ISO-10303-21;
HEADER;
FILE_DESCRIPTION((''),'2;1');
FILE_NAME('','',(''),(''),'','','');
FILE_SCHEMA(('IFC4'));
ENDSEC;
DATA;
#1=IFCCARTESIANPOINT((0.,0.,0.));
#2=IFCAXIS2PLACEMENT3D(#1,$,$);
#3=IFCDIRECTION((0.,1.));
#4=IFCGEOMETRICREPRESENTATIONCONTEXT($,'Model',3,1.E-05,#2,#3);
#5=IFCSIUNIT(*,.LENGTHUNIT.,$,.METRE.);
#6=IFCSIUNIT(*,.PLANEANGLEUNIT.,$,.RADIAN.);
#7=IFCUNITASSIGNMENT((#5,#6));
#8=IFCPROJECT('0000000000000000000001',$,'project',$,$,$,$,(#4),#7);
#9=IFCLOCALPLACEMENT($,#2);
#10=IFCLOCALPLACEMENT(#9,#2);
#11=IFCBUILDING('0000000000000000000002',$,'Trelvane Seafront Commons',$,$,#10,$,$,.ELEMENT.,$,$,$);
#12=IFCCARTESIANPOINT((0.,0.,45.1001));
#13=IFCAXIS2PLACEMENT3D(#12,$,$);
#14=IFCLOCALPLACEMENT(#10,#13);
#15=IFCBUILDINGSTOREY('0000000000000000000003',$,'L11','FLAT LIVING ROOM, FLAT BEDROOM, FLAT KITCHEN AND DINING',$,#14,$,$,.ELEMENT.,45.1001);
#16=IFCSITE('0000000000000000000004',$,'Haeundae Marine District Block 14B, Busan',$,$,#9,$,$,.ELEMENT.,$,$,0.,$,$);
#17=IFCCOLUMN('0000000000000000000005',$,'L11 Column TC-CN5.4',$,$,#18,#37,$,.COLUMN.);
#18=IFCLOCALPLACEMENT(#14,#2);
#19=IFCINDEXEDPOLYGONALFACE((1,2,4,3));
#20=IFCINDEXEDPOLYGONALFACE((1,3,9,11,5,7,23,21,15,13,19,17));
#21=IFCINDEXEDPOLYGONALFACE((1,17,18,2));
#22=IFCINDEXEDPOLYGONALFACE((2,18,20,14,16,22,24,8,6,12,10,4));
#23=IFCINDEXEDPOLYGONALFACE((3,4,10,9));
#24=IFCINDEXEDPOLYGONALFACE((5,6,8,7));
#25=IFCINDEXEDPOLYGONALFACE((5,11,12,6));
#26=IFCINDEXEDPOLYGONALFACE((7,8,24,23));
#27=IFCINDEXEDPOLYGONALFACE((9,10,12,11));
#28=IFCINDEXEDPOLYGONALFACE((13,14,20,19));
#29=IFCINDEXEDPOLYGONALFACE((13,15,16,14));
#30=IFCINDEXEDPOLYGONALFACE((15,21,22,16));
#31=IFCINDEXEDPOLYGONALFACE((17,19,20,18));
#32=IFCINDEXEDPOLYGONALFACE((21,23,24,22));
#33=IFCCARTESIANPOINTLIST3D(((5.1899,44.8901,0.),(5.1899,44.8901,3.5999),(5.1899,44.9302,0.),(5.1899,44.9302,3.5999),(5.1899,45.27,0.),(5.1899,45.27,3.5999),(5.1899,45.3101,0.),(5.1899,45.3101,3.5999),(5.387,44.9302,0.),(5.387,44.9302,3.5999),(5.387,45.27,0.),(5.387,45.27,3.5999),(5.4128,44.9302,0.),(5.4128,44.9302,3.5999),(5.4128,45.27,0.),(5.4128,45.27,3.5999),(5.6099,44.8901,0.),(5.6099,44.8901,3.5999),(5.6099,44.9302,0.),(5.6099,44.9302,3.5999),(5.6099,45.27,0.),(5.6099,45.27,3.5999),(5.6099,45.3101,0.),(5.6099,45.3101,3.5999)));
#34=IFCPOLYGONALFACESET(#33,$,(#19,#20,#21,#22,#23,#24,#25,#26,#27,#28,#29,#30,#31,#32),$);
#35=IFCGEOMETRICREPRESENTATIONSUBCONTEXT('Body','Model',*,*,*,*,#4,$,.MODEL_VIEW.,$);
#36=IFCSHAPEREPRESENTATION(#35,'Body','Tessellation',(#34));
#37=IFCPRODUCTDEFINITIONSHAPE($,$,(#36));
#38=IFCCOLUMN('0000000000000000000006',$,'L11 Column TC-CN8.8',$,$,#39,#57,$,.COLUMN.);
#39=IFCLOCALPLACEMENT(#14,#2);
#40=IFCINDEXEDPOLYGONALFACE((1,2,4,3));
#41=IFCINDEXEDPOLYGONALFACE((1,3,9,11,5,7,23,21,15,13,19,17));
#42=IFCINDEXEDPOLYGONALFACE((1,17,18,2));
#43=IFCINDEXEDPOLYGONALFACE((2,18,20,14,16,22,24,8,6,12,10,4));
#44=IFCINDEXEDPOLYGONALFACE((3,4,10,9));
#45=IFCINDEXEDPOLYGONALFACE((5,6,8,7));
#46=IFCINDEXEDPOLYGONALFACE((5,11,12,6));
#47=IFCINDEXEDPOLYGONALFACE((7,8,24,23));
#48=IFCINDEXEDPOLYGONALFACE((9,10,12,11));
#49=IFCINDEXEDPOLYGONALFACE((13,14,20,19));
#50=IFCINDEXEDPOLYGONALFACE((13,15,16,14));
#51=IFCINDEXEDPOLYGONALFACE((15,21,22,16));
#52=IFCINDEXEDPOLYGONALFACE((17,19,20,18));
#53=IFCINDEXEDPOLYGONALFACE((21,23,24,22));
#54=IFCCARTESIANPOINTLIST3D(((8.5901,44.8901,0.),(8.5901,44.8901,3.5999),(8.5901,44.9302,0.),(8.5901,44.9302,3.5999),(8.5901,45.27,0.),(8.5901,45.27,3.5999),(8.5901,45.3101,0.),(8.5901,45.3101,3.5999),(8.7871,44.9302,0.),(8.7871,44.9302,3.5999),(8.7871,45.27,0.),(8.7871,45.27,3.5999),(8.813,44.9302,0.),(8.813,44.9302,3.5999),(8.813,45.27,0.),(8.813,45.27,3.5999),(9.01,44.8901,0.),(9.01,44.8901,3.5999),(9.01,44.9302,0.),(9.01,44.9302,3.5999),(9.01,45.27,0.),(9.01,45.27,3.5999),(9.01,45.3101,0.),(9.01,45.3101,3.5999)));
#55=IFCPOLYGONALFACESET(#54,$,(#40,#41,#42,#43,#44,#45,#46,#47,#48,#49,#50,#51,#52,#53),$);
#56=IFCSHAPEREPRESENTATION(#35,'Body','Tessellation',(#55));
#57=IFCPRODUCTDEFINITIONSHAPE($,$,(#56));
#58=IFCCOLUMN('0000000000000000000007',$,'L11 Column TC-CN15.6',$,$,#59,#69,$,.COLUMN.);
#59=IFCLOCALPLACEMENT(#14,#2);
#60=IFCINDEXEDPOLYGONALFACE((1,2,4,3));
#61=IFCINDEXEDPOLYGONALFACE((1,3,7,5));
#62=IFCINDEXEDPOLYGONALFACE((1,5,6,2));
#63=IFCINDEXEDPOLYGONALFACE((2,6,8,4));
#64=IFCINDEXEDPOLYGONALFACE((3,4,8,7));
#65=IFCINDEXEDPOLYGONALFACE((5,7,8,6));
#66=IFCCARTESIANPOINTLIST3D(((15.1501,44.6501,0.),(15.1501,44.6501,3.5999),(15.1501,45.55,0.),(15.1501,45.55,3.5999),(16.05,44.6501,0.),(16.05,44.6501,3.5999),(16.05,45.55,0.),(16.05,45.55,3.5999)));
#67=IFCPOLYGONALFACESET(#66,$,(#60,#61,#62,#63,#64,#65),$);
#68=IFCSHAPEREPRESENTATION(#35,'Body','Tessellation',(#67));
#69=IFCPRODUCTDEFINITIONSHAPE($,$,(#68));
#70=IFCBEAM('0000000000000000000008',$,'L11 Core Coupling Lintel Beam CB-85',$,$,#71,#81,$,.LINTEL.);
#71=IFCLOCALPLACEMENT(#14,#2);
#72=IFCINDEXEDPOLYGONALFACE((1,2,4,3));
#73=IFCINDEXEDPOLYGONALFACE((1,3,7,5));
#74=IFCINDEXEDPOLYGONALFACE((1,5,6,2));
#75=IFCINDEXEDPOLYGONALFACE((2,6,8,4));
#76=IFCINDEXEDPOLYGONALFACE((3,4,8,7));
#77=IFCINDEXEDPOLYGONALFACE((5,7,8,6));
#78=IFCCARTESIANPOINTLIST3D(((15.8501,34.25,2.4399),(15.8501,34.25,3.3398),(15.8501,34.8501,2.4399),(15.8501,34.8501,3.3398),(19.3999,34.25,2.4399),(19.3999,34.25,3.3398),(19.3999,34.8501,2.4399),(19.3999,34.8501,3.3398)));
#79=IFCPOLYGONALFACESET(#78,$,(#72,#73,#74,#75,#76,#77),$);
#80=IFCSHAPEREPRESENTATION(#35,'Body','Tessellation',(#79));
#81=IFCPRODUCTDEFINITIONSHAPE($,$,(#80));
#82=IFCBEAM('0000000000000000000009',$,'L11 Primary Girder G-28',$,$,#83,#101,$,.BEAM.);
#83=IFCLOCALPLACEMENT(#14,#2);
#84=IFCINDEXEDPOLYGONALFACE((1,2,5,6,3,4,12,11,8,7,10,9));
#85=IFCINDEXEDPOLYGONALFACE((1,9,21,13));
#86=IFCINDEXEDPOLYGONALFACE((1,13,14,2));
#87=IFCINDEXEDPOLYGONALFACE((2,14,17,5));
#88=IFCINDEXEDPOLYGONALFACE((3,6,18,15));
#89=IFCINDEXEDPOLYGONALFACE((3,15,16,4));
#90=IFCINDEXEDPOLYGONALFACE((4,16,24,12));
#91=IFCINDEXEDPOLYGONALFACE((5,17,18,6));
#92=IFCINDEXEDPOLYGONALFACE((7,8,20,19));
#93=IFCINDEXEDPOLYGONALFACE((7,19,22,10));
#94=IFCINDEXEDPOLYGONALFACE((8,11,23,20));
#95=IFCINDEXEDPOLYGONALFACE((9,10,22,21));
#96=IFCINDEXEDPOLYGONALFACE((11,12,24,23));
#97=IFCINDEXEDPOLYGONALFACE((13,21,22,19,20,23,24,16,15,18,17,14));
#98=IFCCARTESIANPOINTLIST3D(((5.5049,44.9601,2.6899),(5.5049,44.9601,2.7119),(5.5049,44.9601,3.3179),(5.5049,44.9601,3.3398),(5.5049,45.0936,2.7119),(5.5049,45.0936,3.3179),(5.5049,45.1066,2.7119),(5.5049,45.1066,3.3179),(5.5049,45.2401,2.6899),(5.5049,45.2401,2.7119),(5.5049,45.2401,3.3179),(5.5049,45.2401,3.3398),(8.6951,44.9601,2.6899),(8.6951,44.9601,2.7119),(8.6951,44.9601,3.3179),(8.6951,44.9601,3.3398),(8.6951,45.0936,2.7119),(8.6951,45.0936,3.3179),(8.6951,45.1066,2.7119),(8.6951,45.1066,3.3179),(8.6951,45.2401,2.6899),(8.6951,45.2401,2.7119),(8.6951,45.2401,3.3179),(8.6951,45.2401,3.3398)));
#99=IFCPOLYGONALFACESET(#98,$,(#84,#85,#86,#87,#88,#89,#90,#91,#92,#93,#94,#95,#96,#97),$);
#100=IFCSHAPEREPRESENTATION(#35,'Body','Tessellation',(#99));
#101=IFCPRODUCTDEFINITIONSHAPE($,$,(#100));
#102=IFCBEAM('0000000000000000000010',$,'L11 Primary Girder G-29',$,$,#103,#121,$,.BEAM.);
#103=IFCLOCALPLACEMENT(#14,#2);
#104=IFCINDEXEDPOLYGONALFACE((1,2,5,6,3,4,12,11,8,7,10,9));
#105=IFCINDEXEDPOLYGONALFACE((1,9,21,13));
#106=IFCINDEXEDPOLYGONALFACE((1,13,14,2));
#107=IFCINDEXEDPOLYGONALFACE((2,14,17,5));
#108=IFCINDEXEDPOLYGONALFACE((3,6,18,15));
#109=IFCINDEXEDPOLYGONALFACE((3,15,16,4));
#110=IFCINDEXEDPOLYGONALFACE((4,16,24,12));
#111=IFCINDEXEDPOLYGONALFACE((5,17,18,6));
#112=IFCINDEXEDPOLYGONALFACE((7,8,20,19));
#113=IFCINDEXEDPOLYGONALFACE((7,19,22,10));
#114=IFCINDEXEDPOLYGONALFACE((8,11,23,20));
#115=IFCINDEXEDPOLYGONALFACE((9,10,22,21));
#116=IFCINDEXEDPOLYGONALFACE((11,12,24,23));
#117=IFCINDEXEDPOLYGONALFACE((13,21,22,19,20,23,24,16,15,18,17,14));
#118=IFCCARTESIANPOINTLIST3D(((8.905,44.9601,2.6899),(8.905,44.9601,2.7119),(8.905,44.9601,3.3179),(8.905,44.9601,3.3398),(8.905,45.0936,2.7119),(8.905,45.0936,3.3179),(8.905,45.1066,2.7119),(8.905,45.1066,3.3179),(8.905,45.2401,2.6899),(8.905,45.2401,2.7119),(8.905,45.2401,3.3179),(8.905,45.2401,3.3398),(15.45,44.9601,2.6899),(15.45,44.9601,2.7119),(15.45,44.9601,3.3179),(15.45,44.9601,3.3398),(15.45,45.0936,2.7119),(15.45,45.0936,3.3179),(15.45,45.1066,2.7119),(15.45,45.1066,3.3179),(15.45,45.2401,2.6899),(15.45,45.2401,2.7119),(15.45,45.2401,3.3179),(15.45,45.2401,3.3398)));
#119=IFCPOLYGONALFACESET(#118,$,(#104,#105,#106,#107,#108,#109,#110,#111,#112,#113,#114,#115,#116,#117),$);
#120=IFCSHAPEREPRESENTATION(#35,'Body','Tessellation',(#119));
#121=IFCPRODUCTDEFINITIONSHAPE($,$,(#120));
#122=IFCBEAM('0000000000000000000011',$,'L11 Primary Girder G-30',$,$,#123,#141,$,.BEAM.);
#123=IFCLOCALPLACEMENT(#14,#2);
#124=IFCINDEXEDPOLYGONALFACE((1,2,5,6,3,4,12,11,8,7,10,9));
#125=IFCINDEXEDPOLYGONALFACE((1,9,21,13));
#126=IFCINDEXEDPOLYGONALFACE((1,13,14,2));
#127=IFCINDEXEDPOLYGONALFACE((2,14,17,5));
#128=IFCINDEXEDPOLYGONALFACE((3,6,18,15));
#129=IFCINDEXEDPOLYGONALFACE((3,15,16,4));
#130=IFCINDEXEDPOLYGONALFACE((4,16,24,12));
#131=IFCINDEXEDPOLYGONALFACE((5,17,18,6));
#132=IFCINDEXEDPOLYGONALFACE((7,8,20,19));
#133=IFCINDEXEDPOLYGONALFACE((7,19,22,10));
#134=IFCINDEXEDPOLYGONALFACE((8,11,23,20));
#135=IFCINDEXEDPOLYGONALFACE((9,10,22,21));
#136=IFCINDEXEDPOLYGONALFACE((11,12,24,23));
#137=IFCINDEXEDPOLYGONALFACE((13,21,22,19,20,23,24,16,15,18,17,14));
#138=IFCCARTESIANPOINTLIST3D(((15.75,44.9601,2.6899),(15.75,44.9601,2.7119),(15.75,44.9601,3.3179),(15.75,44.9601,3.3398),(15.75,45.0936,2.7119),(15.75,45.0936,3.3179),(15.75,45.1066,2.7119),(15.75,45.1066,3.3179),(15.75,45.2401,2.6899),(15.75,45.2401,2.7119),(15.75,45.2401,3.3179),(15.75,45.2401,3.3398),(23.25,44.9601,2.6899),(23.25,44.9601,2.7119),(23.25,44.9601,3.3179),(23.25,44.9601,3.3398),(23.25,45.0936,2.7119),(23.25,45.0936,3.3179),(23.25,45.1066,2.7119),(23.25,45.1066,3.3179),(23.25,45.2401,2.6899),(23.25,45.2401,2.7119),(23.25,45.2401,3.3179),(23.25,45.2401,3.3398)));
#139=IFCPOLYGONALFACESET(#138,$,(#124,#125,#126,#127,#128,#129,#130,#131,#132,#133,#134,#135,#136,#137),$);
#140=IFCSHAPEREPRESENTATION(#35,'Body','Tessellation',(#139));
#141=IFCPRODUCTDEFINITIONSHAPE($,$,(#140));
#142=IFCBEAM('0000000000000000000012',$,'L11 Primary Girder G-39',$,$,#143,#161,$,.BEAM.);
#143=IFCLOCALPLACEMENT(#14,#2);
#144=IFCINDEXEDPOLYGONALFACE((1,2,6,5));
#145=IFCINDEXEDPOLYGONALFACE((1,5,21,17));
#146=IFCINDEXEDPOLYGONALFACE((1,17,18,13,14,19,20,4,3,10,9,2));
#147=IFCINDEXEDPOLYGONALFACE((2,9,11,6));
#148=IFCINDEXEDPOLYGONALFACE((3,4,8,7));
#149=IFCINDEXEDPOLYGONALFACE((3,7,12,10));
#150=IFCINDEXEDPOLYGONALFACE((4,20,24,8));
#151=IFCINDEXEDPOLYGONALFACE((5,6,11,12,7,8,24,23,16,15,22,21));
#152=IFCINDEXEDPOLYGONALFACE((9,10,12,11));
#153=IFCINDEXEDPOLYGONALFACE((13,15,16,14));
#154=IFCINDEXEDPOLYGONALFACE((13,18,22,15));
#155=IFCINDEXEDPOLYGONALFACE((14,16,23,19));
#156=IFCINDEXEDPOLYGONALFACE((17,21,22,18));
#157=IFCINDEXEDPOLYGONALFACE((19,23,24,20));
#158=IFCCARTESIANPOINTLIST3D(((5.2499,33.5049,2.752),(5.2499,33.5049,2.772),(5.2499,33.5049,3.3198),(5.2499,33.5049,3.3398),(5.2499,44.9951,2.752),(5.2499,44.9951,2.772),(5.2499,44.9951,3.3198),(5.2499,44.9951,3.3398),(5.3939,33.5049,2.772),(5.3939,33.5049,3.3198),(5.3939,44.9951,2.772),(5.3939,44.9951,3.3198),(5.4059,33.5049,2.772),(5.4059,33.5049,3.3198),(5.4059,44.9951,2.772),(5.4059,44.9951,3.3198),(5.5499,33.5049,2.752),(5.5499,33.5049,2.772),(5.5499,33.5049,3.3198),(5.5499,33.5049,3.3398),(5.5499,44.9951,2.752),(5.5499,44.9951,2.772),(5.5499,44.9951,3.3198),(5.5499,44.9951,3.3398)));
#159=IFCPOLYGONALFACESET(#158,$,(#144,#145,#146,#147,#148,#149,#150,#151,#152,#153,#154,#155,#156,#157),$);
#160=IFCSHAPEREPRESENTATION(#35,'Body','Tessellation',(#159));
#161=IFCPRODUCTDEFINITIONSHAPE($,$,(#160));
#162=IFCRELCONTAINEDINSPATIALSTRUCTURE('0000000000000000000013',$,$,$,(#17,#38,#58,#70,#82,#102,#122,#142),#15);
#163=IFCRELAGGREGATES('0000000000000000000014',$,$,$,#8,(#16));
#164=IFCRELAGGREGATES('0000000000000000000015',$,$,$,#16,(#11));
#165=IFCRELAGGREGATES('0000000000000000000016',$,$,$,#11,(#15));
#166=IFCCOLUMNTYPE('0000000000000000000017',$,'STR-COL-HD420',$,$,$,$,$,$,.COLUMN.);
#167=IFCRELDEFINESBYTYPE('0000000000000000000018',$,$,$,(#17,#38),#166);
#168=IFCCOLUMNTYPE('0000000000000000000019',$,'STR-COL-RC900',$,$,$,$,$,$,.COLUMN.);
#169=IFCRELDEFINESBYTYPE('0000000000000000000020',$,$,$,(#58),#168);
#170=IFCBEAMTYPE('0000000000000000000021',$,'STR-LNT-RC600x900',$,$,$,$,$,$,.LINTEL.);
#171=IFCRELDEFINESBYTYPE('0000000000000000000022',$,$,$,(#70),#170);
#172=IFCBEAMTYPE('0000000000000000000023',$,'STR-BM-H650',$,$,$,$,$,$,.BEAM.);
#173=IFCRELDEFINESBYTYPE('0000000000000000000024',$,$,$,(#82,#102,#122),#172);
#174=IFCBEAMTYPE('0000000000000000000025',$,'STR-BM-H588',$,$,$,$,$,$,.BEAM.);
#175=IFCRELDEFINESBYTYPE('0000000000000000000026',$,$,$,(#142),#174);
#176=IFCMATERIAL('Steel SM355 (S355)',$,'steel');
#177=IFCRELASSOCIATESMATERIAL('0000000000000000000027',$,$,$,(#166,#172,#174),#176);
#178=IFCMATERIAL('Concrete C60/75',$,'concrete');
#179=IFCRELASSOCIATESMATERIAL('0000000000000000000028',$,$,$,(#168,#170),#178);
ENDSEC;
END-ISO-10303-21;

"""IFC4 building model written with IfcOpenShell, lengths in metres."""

from ifc_helpers import new_model, si_unit, direction, frame, origin, origin_2d, place, context, subcontext, project, spatial, rectangle, i_section, extrude, source, transform, mapped, material, material_profile, profile_set, type_object, element, save


model = new_model("IFC4")

# Units and contexts
model_context = context("Model", 3, precision=1e-05, world=origin(), true_north=direction((0.0, 1.0)))
body_context = subcontext(model_context, "Body", "Model", "MODEL_VIEW")
ifc_project = project(units=[si_unit("LENGTHUNIT", "METRE"), si_unit("PLANEANGLEUNIT", "RADIAN")], contexts=[model_context])

# Site, building, storey
site_placement = place(None, origin())
site = spatial("IfcSite", under=ifc_project, at=site_placement, Name="Haeundae Marine District Block 14B, Busan", CompositionType="ELEMENT", RefElevation=0.0)
building_placement = place(site_placement, origin())
building = spatial("IfcBuilding", under=site, at=building_placement, Name="Trelvane Seafront Commons", CompositionType="ELEMENT")
storey_placement = place(building_placement, frame((0.0, 0.0, 45.1001)))
storey = spatial("IfcBuildingStorey", under=building, at=storey_placement, Name="L11", Description="FLAT LIVING ROOM, FLAT BEDROOM, FLAT KITCHEN AND DINING", CompositionType="ELEMENT", Elevation=45.1001)

# Columns
ifc_material_1 = material(Name="Steel SM355 (S355)", Category="steel")
ifc_material_profile_1 = material_profile(ifc_material_1, i_section(OverallWidth=0.4199, OverallDepth=0.4199, WebThickness=0.0259, FlangeThickness=0.04, at=origin_2d()), Name="HD-420x420x26x40")
ifc_profile_set_1 = profile_set([ifc_material_profile_1], Name="Steel SM355 (S355)")
column_type_1 = type_object("IfcColumnType", Name="STR-COL-HD420", PredefinedType="COLUMN", material=ifc_profile_set_1)
shared_shape_1 = source(origin(), body_context, "Body", "SweptSolid", [
    extrude(i_section(OverallWidth=0.4199, OverallDepth=0.4199, WebThickness=0.0259, FlangeThickness=0.04, at=origin_2d()), origin(), (0.0, 0.0, 1.0), 3.5999),
])
for number, where, z_axis, x_axis, name in (
    (1, (5.3999, 45.1001, 0.0), (0.0, 0.0, 1.0), (1.0, 0.0, 0.0), "L11 Column TC-CN5.4"),
    (2, (8.8, 45.1001, 0.0), (0.0, 0.0, 1.0), (1.0, 0.0, 0.0), "L11 Column TC-CN8.8"),
):
    element("IfcColumn", number, at=place(storey_placement, frame(where, z_axis=z_axis, x_axis=x_axis)), inside=storey, type_object=column_type_1, Name=name, PredefinedType="COLUMN", context=body_context, shape_type="MappedRepresentation", body=[
        mapped(shared_shape_1, transform((0.0, 0.0, 0.0), x_axis=(1.0, 0.0, 0.0), y_axis=(0.0, 1.0, 0.0), z_axis=(0.0, 0.0, 1.0), scale=1.0)),
    ])
ifc_material_2 = material(Name="Concrete C60/75", Category="concrete")
ifc_material_profile_2 = material_profile(ifc_material_2, rectangle(XDim=0.8999, YDim=0.8999, at=origin_2d()), Name="RC-900x900")
ifc_profile_set_2 = profile_set([ifc_material_profile_2], Name="Concrete C60/75")
column_type_2 = type_object("IfcColumnType", Name="STR-COL-RC900", PredefinedType="COLUMN", material=ifc_profile_set_2)
shared_shape_2 = source(origin(), body_context, "Body", "SweptSolid", [
    extrude(rectangle(XDim=0.8999, YDim=0.8999, at=origin_2d()), origin(), (0.0, 0.0, 1.0), 3.5999),
])
column_placement = place(storey_placement, frame((15.6001, 45.1001, 0.0), z_axis=(0.0, 0.0, 1.0), x_axis=(1.0, 0.0, 0.0)))
element("IfcColumn", 3, at=column_placement, inside=storey, type_object=column_type_2, Name="L11 Column TC-CN15.6", PredefinedType="COLUMN", context=body_context, shape_type="MappedRepresentation", body=[
    mapped(shared_shape_2, transform((0.0, 0.0, 0.0), x_axis=(1.0, 0.0, 0.0), y_axis=(0.0, 1.0, 0.0), z_axis=(0.0, 0.0, 1.0), scale=1.0)),
])

# Beams
ifc_material_profile_3 = material_profile(ifc_material_2, rectangle(XDim=0.6001, YDim=0.8999, at=origin_2d()), Name="RC-600x900")
ifc_profile_set_3 = profile_set([ifc_material_profile_3], Name="Concrete C60/75")
beam_type_1 = type_object("IfcBeamType", Name="STR-LNT-RC600x900", PredefinedType="LINTEL", material=ifc_profile_set_3)
shared_shape_3 = source(origin(), body_context, "Body", "SweptSolid", [
    extrude(rectangle(XDim=0.6001, YDim=0.8999, at=origin_2d()), origin(), (0.0, 0.0, 1.0), 3.5498),
])
beam_1_placement = place(storey_placement, frame((15.8501, 34.55, 2.8899), z_axis=(1.0, 0.0, 0.0), x_axis=(0.0, 1.0, 0.0)))
element("IfcBeam", 4, at=beam_1_placement, inside=storey, type_object=beam_type_1, Name="L11 Core Coupling Lintel Beam CB-85", PredefinedType="LINTEL", context=body_context, shape_type="MappedRepresentation", body=[
    mapped(shared_shape_3, transform((0.0, 0.0, 0.0), x_axis=(1.0, 0.0, 0.0), y_axis=(0.0, 1.0, 0.0), z_axis=(0.0, 0.0, 1.0), scale=1.0)),
])
ifc_material_profile_4 = material_profile(ifc_material_1, i_section(OverallWidth=0.28, OverallDepth=0.6499, WebThickness=0.0129, FlangeThickness=0.022, at=origin_2d()), Name="H-650x280x13x22")
ifc_profile_set_4 = profile_set([ifc_material_profile_4], Name="Steel SM355 (S355)")
beam_type_2 = type_object("IfcBeamType", Name="STR-BM-H650", PredefinedType="BEAM", material=ifc_profile_set_4)
shared_shape_4 = source(origin(), body_context, "Body", "SweptSolid", [
    extrude(i_section(OverallWidth=0.28, OverallDepth=0.6499, WebThickness=0.0129, FlangeThickness=0.022, at=origin_2d()), origin(), (0.0, 0.0, 1.0), 3.1902),
])
beam_2_placement = place(storey_placement, frame((5.5049, 45.1001, 3.0149), z_axis=(1.0, 0.0, 0.0), x_axis=(0.0, 1.0, 0.0)))
element("IfcBeam", 5, at=beam_2_placement, inside=storey, type_object=beam_type_2, Name="L11 Primary Girder G-28", PredefinedType="BEAM", context=body_context, shape_type="MappedRepresentation", body=[
    mapped(shared_shape_4, transform((0.0, 0.0, 0.0), x_axis=(1.0, 0.0, 0.0), y_axis=(0.0, 1.0, 0.0), z_axis=(0.0, 0.0, 1.0), scale=1.0)),
])
shared_shape_5 = source(origin(), body_context, "Body", "SweptSolid", [
    extrude(i_section(OverallWidth=0.28, OverallDepth=0.6499, WebThickness=0.0129, FlangeThickness=0.022, at=origin_2d()), origin(), (0.0, 0.0, 1.0), 6.5449),
])
beam_3_placement = place(storey_placement, frame((8.905, 45.1001, 3.0149), z_axis=(1.0, 0.0, 0.0), x_axis=(0.0, 1.0, 0.0)))
element("IfcBeam", 6, at=beam_3_placement, inside=storey, type_object=beam_type_2, Name="L11 Primary Girder G-29", PredefinedType="BEAM", context=body_context, shape_type="MappedRepresentation", body=[
    mapped(shared_shape_5, transform((0.0, 0.0, 0.0), x_axis=(1.0, 0.0, 0.0), y_axis=(0.0, 1.0, 0.0), z_axis=(0.0, 0.0, 1.0), scale=1.0)),
])
shared_shape_6 = source(origin(), body_context, "Body", "SweptSolid", [
    extrude(i_section(OverallWidth=0.28, OverallDepth=0.6499, WebThickness=0.0129, FlangeThickness=0.022, at=origin_2d()), origin(), (0.0, 0.0, 1.0), 7.5),
])
beam_4_placement = place(storey_placement, frame((15.75, 45.1001, 3.0149), z_axis=(1.0, 0.0, 0.0), x_axis=(0.0, 1.0, 0.0)))
element("IfcBeam", 7, at=beam_4_placement, inside=storey, type_object=beam_type_2, Name="L11 Primary Girder G-30", PredefinedType="BEAM", context=body_context, shape_type="MappedRepresentation", body=[
    mapped(shared_shape_6, transform((0.0, 0.0, 0.0), x_axis=(1.0, 0.0, 0.0), y_axis=(0.0, 1.0, 0.0), z_axis=(0.0, 0.0, 1.0), scale=1.0)),
])
ifc_material_profile_5 = material_profile(ifc_material_1, i_section(OverallWidth=0.3, OverallDepth=0.5879, WebThickness=0.012, FlangeThickness=0.02, at=origin_2d()), Name="H-588x300x12x20")
ifc_profile_set_5 = profile_set([ifc_material_profile_5], Name="Steel SM355 (S355)")
beam_type_3 = type_object("IfcBeamType", Name="STR-BM-H588", PredefinedType="BEAM", material=ifc_profile_set_5)
shared_shape_7 = source(origin(), body_context, "Body", "SweptSolid", [
    extrude(i_section(OverallWidth=0.3, OverallDepth=0.5879, WebThickness=0.012, FlangeThickness=0.02, at=origin_2d()), origin(), (0.0, 0.0, 1.0), 11.4902),
])
for number, where, z_axis, x_axis, name in (
    (8, (5.3999, 33.5049, 3.0459), (0.0, 1.0, 0.0), (-1.0, 0.0, 0.0), "L11 Primary Girder G-39"),
):
    element("IfcBeam", number, at=place(storey_placement, frame(where, z_axis=z_axis, x_axis=x_axis)), inside=storey, type_object=beam_type_3, Name=name, PredefinedType="BEAM", context=body_context, shape_type="MappedRepresentation", body=[
        mapped(shared_shape_7, transform((0.0, 0.0, 0.0), x_axis=(1.0, 0.0, 0.0), y_axis=(0.0, 1.0, 0.0), z_axis=(0.0, 0.0, 1.0), scale=1.0)),
    ])

save(model, "model.ifc")
